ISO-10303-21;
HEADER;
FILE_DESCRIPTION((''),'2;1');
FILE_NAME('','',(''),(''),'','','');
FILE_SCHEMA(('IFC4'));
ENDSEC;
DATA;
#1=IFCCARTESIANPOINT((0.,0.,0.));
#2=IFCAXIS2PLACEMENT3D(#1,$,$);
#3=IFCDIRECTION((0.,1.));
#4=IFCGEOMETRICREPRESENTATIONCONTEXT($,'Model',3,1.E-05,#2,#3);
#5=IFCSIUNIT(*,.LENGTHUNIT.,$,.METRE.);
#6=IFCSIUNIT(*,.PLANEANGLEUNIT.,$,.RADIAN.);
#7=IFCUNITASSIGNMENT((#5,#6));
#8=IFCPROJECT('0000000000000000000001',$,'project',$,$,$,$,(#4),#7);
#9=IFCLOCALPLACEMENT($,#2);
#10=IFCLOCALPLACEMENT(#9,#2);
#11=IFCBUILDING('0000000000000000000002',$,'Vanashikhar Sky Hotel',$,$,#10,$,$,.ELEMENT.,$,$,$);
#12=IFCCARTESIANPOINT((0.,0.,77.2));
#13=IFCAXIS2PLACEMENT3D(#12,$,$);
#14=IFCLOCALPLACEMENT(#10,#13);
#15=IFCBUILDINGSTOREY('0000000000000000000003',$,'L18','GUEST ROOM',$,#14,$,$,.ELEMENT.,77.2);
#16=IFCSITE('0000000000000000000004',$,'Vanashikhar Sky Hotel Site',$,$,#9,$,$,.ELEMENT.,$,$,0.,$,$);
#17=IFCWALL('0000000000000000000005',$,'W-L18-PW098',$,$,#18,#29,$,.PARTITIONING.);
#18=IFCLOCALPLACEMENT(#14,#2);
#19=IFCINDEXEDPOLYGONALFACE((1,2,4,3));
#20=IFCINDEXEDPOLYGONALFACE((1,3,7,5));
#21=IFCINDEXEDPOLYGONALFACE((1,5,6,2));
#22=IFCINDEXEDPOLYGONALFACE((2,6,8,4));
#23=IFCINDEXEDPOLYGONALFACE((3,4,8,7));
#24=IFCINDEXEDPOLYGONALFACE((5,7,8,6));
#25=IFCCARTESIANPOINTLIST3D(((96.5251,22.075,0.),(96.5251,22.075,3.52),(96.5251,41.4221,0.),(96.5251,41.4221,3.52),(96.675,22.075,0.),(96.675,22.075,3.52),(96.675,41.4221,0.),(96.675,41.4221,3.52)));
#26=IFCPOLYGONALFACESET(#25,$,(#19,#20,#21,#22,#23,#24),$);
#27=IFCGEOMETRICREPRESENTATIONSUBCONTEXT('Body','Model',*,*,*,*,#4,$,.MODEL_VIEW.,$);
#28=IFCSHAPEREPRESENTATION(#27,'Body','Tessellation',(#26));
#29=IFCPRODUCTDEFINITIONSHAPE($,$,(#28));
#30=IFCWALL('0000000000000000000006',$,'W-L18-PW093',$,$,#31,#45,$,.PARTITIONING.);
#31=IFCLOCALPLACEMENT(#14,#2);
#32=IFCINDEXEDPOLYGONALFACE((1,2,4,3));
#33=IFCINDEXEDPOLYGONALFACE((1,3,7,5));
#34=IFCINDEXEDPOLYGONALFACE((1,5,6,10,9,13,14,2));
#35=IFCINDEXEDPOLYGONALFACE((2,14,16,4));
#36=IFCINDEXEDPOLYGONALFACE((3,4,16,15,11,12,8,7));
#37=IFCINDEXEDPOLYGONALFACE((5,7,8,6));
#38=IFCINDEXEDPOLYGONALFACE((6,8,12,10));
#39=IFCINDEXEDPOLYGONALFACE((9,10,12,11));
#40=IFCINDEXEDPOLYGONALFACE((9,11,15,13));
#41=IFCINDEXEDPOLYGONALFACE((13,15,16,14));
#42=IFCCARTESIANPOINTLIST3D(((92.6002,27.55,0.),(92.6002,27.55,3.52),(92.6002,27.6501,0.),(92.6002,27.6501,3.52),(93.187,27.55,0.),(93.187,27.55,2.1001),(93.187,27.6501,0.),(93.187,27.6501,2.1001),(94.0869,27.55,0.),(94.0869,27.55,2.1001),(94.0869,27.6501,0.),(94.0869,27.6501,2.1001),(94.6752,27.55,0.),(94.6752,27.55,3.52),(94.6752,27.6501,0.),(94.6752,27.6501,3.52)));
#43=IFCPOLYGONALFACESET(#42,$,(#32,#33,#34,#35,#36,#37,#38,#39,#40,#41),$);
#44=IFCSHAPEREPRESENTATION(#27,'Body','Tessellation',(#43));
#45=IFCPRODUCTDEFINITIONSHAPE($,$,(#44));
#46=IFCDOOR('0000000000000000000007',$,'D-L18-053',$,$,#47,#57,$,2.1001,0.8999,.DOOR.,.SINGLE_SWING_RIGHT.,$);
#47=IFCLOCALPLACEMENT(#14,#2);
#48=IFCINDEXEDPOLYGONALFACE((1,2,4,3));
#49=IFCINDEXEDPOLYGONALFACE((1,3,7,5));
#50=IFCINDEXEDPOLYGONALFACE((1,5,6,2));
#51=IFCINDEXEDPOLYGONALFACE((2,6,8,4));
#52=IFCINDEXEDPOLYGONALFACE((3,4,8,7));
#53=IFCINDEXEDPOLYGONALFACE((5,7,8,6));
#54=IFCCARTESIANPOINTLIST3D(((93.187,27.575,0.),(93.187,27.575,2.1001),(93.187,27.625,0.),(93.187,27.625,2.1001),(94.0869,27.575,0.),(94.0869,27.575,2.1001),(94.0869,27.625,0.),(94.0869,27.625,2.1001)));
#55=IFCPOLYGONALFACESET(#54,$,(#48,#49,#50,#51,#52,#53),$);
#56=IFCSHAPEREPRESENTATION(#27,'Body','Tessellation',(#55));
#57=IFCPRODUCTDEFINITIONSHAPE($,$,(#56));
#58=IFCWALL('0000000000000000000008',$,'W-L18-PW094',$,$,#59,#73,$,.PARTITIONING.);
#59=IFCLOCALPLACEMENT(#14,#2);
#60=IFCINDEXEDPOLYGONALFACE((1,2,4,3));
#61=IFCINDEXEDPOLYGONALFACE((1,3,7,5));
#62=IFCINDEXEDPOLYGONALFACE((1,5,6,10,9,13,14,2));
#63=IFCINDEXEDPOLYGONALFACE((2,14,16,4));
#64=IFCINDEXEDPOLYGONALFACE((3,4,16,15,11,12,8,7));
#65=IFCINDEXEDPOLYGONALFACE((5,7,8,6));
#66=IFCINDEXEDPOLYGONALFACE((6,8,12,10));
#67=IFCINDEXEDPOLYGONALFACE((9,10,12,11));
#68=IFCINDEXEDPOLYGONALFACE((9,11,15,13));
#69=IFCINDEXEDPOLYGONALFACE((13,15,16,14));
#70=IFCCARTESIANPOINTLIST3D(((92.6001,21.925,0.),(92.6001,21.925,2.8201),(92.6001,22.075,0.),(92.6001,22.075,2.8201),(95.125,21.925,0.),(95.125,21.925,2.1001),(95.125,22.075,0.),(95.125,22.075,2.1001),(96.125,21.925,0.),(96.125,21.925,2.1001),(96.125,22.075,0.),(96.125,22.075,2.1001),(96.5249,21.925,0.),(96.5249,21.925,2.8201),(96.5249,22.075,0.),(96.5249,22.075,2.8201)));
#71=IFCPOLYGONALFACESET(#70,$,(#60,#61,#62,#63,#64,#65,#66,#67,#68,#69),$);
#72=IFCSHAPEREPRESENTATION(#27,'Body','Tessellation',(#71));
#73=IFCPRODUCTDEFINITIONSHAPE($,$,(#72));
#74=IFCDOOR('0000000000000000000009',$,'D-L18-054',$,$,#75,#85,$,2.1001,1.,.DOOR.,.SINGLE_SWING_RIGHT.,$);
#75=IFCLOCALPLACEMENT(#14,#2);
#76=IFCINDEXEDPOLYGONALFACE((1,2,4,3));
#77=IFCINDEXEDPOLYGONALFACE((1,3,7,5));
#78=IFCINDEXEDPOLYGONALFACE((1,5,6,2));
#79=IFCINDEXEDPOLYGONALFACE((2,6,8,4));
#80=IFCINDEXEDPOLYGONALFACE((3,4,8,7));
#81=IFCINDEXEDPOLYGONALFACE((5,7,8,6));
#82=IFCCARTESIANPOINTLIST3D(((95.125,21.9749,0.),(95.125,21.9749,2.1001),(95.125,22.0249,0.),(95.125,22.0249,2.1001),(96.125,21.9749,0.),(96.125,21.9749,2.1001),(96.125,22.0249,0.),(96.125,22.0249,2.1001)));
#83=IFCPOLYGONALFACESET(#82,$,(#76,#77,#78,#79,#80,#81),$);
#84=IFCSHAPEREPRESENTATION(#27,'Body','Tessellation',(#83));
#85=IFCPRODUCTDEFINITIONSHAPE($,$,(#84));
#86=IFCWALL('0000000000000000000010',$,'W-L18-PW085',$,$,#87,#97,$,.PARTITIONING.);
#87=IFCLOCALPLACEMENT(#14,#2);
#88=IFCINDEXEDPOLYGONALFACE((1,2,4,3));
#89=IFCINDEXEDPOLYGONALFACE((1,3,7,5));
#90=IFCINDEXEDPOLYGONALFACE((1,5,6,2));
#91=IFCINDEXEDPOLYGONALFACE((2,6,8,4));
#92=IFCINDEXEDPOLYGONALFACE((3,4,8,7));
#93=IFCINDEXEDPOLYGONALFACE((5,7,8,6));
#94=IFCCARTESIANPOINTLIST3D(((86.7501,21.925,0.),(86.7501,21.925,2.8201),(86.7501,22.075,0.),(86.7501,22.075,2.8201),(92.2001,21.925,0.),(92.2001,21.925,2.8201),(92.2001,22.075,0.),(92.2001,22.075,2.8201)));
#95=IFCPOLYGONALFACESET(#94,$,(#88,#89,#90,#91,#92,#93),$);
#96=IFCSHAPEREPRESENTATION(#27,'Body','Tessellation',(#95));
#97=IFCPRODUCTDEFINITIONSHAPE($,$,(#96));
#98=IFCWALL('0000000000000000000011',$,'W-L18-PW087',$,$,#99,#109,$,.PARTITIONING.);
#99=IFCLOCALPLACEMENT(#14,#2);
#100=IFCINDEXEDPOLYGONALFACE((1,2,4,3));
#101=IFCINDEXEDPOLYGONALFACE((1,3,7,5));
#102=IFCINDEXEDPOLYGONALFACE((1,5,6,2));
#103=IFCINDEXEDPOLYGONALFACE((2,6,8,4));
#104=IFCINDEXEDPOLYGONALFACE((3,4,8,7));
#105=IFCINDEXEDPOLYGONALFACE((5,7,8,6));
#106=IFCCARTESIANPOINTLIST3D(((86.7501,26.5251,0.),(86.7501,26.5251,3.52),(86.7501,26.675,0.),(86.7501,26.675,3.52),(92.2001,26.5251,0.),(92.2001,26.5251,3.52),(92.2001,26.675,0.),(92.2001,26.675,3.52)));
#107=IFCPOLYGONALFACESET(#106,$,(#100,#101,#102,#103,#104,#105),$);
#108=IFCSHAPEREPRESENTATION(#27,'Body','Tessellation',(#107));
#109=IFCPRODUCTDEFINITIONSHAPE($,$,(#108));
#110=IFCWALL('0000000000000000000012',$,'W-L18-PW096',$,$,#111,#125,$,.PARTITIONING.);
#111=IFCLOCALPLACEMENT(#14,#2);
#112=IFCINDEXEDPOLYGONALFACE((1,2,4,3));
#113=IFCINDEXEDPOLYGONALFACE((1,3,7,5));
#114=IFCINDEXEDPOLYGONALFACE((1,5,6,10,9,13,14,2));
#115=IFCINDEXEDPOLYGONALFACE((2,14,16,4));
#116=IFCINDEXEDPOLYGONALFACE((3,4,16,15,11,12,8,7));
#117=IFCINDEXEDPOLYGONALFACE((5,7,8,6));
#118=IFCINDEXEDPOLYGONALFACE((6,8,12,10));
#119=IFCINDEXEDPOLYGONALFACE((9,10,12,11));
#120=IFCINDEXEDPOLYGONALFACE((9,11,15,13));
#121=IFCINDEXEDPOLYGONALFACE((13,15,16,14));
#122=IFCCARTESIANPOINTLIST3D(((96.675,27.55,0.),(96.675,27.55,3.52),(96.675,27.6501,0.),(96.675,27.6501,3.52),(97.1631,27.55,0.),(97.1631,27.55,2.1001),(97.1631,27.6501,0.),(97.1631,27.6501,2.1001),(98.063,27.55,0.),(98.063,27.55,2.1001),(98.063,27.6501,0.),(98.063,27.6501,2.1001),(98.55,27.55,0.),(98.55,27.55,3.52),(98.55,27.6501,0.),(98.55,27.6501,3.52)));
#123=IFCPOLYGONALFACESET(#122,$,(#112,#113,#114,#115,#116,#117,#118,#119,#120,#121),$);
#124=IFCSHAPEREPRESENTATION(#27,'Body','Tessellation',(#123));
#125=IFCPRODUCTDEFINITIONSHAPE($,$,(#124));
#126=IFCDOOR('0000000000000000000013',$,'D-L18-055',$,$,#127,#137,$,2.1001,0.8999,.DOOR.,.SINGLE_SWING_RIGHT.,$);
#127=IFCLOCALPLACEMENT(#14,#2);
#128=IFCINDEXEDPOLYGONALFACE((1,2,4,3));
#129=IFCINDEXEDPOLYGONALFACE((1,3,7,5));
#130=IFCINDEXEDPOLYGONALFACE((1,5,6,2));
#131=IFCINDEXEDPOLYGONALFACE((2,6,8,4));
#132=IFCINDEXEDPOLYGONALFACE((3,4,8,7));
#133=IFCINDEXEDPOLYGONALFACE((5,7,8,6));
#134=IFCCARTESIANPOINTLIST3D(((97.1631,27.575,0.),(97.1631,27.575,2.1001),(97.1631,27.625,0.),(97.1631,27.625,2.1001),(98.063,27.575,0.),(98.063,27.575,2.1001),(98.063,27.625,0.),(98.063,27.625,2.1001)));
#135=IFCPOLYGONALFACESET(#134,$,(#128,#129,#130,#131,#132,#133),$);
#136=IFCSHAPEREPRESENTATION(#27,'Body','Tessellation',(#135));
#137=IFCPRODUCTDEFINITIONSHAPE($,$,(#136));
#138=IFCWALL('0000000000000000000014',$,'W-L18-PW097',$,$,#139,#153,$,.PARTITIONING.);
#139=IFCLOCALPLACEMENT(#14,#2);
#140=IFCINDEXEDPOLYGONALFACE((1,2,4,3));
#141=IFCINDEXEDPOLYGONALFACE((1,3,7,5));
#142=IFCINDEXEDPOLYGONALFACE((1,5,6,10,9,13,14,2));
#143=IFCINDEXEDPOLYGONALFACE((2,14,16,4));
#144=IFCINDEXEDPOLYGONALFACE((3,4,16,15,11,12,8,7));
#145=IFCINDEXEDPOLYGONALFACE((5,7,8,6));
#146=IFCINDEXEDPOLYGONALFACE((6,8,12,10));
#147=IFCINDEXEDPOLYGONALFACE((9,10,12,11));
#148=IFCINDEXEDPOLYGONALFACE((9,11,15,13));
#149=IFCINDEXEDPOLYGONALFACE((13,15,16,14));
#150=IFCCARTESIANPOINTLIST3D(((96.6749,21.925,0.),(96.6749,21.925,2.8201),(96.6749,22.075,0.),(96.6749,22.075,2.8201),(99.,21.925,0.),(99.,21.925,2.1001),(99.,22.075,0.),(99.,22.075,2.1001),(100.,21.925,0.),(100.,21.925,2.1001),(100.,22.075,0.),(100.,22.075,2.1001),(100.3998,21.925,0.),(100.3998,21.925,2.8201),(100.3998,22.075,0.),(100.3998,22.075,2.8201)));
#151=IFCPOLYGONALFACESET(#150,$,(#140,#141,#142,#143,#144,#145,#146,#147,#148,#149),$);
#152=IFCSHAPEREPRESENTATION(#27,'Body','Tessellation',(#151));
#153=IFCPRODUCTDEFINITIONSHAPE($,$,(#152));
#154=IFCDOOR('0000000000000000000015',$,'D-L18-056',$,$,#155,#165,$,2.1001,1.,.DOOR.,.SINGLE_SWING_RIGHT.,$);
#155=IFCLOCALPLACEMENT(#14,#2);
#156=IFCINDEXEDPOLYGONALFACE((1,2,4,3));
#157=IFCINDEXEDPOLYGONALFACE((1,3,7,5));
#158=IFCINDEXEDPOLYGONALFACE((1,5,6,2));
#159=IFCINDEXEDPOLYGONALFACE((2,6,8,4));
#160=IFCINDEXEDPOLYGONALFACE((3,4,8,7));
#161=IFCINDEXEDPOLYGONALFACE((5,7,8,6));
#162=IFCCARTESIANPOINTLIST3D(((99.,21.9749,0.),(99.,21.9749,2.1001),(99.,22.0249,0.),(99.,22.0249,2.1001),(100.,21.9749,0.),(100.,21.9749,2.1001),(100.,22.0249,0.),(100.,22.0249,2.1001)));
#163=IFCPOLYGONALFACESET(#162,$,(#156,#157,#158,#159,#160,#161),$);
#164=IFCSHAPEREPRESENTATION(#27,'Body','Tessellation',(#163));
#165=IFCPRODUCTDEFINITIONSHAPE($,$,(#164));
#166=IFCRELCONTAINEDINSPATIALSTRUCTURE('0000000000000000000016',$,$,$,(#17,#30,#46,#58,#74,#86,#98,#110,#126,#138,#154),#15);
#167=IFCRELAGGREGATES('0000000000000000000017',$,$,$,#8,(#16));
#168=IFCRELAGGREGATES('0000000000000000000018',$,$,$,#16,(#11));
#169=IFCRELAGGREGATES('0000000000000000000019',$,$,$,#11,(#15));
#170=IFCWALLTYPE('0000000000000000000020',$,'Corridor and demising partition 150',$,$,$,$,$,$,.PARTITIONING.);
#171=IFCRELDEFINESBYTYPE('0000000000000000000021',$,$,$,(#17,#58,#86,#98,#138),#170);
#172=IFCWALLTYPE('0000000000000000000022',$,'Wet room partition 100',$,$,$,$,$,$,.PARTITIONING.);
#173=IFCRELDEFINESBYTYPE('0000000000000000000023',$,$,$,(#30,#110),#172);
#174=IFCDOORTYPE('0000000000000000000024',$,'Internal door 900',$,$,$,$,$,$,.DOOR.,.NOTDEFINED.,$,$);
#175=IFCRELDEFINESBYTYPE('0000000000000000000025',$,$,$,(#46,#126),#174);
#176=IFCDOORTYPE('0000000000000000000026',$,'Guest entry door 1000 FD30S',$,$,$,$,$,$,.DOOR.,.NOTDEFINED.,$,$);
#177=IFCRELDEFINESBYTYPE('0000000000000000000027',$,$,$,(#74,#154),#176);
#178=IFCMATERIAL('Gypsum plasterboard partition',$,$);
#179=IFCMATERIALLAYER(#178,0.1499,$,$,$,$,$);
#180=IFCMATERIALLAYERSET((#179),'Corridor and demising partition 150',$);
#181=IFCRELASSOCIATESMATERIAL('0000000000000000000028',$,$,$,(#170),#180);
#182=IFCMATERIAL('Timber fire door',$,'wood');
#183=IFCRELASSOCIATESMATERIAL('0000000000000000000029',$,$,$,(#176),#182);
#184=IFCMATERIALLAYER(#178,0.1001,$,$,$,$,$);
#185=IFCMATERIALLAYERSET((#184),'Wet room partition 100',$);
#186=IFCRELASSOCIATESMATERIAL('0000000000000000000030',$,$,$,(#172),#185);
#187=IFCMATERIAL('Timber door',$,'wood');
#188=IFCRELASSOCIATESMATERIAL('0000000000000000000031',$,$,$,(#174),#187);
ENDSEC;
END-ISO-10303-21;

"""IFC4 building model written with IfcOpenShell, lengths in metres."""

from ifc_helpers import new_model, si_unit, direction, frame, frame_2d, origin, place, context, subcontext, project, spatial, rectangle, extrude, source, transform, mapped, material, layer, layer_set, type_object, element, fill, save


model = new_model("IFC4")

# Units and contexts
model_context = context("Model", 3, precision=1e-05, world=origin(), true_north=direction((0.0, 1.0)))
body_context = subcontext(model_context, "Body", "Model", "MODEL_VIEW")
ifc_project = project(units=[si_unit("LENGTHUNIT", "METRE"), si_unit("PLANEANGLEUNIT", "RADIAN")], contexts=[model_context])

# Site, building, storey
site_placement = place(None, origin())
site = spatial("IfcSite", under=ifc_project, at=site_placement, Name="Vanashikhar Sky Hotel Site", CompositionType="ELEMENT", RefElevation=0.0)
building_placement = place(site_placement, origin())
building = spatial("IfcBuilding", under=site, at=building_placement, Name="Vanashikhar Sky Hotel", CompositionType="ELEMENT")
storey_placement = place(building_placement, frame((0.0, 0.0, 77.2)))
storey = spatial("IfcBuildingStorey", under=building, at=storey_placement, Name="L18", Description="GUEST ROOM", CompositionType="ELEMENT", Elevation=77.2)

# Shared definitions
ifc_material_1 = material(Name="Gypsum plasterboard partition")
ifc_layer_1 = layer(ifc_material_1, 0.1499)
ifc_layer_set_1 = layer_set([ifc_layer_1], Name="Corridor and demising partition 150")
wall_type_1 = type_object("IfcWallType", Name="Corridor and demising partition 150", PredefinedType="PARTITIONING", material=ifc_layer_set_1)
shared_shape_1 = source(origin(), body_context, "Body", "SweptSolid", [
    extrude(rectangle(XDim=1.0, YDim=2.1001, at=frame_2d((0.5, 1.05))), frame((0.0, 0.085, 0.0), z_axis=(0.0, -1.0, 0.0), x_axis=(1.0, 0.0, 0.0)), (0.0, 0.0, 1.0), 0.1699),
])
ifc_material_2 = material(Name="Timber fire door", Category="wood")
door_type_1 = type_object("IfcDoorType", Name="Guest entry door 1000 FD30S", OperationType="NOTDEFINED", PredefinedType="DOOR", material=ifc_material_2)
shared_shape_2 = source(origin(), body_context, "Body", "SweptSolid", [
    extrude(rectangle(XDim=1.0, YDim=2.1001, at=frame_2d((0.5, 1.05))), frame((0.0, 0.0249, 0.0), z_axis=(0.0, -1.0, 0.0), x_axis=(1.0, 0.0, 0.0)), (0.0, 0.0, 1.0), 0.05),
])

# Wall
shared_shape_3 = source(origin(), body_context, "Body", "SweptSolid", [
    extrude(rectangle(XDim=19.3472, YDim=0.1499, at=frame_2d((9.6736, 0.0))), origin(), (0.0, 0.0, 1.0), 3.52),
])
wall_1_placement = place(storey_placement, frame((96.6001, 22.075, 0.0), z_axis=(0.0, 0.0, 1.0), x_axis=(0.0, 1.0, 0.0)))
element("IfcWall", 1, at=wall_1_placement, inside=storey, type_object=wall_type_1, Name="W-L18-PW098", PredefinedType="PARTITIONING", context=body_context, shape_type="MappedRepresentation", body=[
    mapped(shared_shape_3, transform((0.0, 0.0, 0.0), scale=1.0)),
])

# Walls, openings, doors
ifc_layer_2 = layer(ifc_material_1, 0.1001)
ifc_layer_set_2 = layer_set([ifc_layer_2], Name="Wet room partition 100")
wall_type_2 = type_object("IfcWallType", Name="Wet room partition 100", PredefinedType="PARTITIONING", material=ifc_layer_set_2)
shared_shape_4 = source(origin(), body_context, "Body", "SweptSolid", [
    extrude(rectangle(XDim=2.075, YDim=0.1001, at=frame_2d((1.0376, 0.0))), origin(), (0.0, 0.0, 1.0), 3.52),
])
wall_2_placement = place(storey_placement, frame((92.6001, 27.6001, 0.0), z_axis=(0.0, 0.0, 1.0), x_axis=(1.0, 0.0, 0.0)))
wall_2 = element("IfcWall", 2, at=wall_2_placement, inside=storey, type_object=wall_type_2, Name="W-L18-PW093", PredefinedType="PARTITIONING", context=body_context, shape_type="MappedRepresentation", body=[
    mapped(shared_shape_4, transform((0.0, 0.0, 0.0), scale=1.0)),
])
shared_shape_5 = source(origin(), body_context, "Body", "SweptSolid", [
    extrude(rectangle(XDim=0.8999, YDim=2.1001, at=frame_2d((0.45, 1.05))), frame((0.0, 0.0601, 0.0), z_axis=(0.0, -1.0, 0.0), x_axis=(1.0, 0.0, 0.0)), (0.0, 0.0, 1.0), 0.1201),
])
opening_1_placement = place(wall_2_placement, frame((0.5869, 0.0, 0.0)))
opening_1 = element("IfcOpeningElement", 3, at=opening_1_placement, cuts=wall_2, PredefinedType="OPENING", context=body_context, shape_type="MappedRepresentation", body=[
    mapped(shared_shape_5, transform((0.0, 0.0, 0.0), scale=1.0)),
])
ifc_material_3 = material(Name="Timber door", Category="wood")
door_type_2 = type_object("IfcDoorType", Name="Internal door 900", OperationType="NOTDEFINED", PredefinedType="DOOR", material=ifc_material_3)
shared_shape_6 = source(origin(), body_context, "Body", "SweptSolid", [
    extrude(rectangle(XDim=0.8999, YDim=2.1001, at=frame_2d((0.45, 1.05))), frame((0.0, 0.0249, 0.0), z_axis=(0.0, -1.0, 0.0), x_axis=(1.0, 0.0, 0.0)), (0.0, 0.0, 1.0), 0.05),
])
door_1_placement = place(opening_1_placement, origin())
door_1 = element("IfcDoor", 4, at=door_1_placement, inside=storey, type_object=door_type_2, Name="D-L18-053", OperationType="SINGLE_SWING_RIGHT", OverallHeight=2.1001, OverallWidth=0.8999, PredefinedType="DOOR", context=body_context, shape_type="MappedRepresentation", body=[
    mapped(shared_shape_6, transform((0.0, 0.0, 0.0), scale=1.0)),
])
fill(opening_1, door_1)
shared_shape_7 = source(origin(), body_context, "Body", "SweptSolid", [
    extrude(rectangle(XDim=3.9248, YDim=0.1499, at=frame_2d((1.9624, 0.0))), origin(), (0.0, 0.0, 1.0), 2.8201),
])
wall_3_placement = place(storey_placement, frame((92.6001, 22.0, 0.0), z_axis=(0.0, 0.0, 1.0), x_axis=(1.0, 0.0, 0.0)))
wall_3 = element("IfcWall", 5, at=wall_3_placement, inside=storey, type_object=wall_type_1, Name="W-L18-PW094", PredefinedType="PARTITIONING", context=body_context, shape_type="MappedRepresentation", body=[
    mapped(shared_shape_7, transform((0.0, 0.0, 0.0), scale=1.0)),
])
opening_2_placement = place(wall_3_placement, frame((2.5249, 0.0, 0.0)))
opening_2 = element("IfcOpeningElement", 6, at=opening_2_placement, cuts=wall_3, PredefinedType="OPENING", context=body_context, shape_type="MappedRepresentation", body=[
    mapped(shared_shape_1, transform((0.0, 0.0, 0.0), scale=1.0)),
])
door_2_placement = place(opening_2_placement, origin())
door_2 = element("IfcDoor", 7, at=door_2_placement, inside=storey, type_object=door_type_1, Name="D-L18-054", OperationType="SINGLE_SWING_RIGHT", OverallHeight=2.1001, OverallWidth=1.0, PredefinedType="DOOR", context=body_context, shape_type="MappedRepresentation", body=[
    mapped(shared_shape_2, transform((0.0, 0.0, 0.0), scale=1.0)),
])
fill(opening_2, door_2)

# Walls
shared_shape_8 = source(origin(), body_context, "Body", "SweptSolid", [
    extrude(rectangle(XDim=5.45, YDim=0.1499, at=frame_2d((2.7251, 0.0))), origin(), (0.0, 0.0, 1.0), 2.8201),
])
wall_4_placement = place(storey_placement, frame((86.75, 22.0, 0.0), z_axis=(0.0, 0.0, 1.0), x_axis=(1.0, 0.0, 0.0)))
element("IfcWall", 8, at=wall_4_placement, inside=storey, type_object=wall_type_1, Name="W-L18-PW085", PredefinedType="PARTITIONING", context=body_context, shape_type="MappedRepresentation", body=[
    mapped(shared_shape_8, transform((0.0, 0.0, 0.0), scale=1.0)),
])
shared_shape_9 = source(origin(), body_context, "Body", "SweptSolid", [
    extrude(rectangle(XDim=5.45, YDim=0.1499, at=frame_2d((2.7251, 0.0))), origin(), (0.0, 0.0, 1.0), 3.52),
])
wall_5_placement = place(storey_placement, frame((86.75, 26.6001, 0.0), z_axis=(0.0, 0.0, 1.0), x_axis=(1.0, 0.0, 0.0)))
element("IfcWall", 9, at=wall_5_placement, inside=storey, type_object=wall_type_1, Name="W-L18-PW087", PredefinedType="PARTITIONING", context=body_context, shape_type="MappedRepresentation", body=[
    mapped(shared_shape_9, transform((0.0, 0.0, 0.0), scale=1.0)),
])

# Walls, openings, doors
shared_shape_10 = source(origin(), body_context, "Body", "SweptSolid", [
    extrude(rectangle(XDim=1.875, YDim=0.1001, at=frame_2d((0.9375, 0.0))), origin(), (0.0, 0.0, 1.0), 3.52),
])
wall_6_placement = place(storey_placement, frame((96.675, 27.6001, 0.0), z_axis=(0.0, 0.0, 1.0), x_axis=(1.0, 0.0, 0.0)))
wall_6 = element("IfcWall", 10, at=wall_6_placement, inside=storey, type_object=wall_type_2, Name="W-L18-PW096", PredefinedType="PARTITIONING", context=body_context, shape_type="MappedRepresentation", body=[
    mapped(shared_shape_10, transform((0.0, 0.0, 0.0), scale=1.0)),
])
opening_3_placement = place(wall_6_placement, frame((0.488, 0.0, 0.0)))
opening_3 = element("IfcOpeningElement", 11, at=opening_3_placement, cuts=wall_6, PredefinedType="OPENING", context=body_context, shape_type="MappedRepresentation", body=[
    mapped(shared_shape_5, transform((0.0, 0.0, 0.0), scale=1.0)),
])
door_3_placement = place(opening_3_placement, origin())
door_3 = element("IfcDoor", 12, at=door_3_placement, inside=storey, type_object=door_type_2, Name="D-L18-055", OperationType="SINGLE_SWING_RIGHT", OverallHeight=2.1001, OverallWidth=0.8999, PredefinedType="DOOR", context=body_context, shape_type="MappedRepresentation", body=[
    mapped(shared_shape_6, transform((0.0, 0.0, 0.0), scale=1.0)),
])
fill(opening_3, door_3)
shared_shape_11 = source(origin(), body_context, "Body", "SweptSolid", [
    extrude(rectangle(XDim=3.7249, YDim=0.1499, at=frame_2d((1.8623, 0.0))), origin(), (0.0, 0.0, 1.0), 2.8201),
])
wall_7_placement = place(storey_placement, frame((96.675, 22.0, 0.0), z_axis=(0.0, 0.0, 1.0), x_axis=(1.0, 0.0, 0.0)))
wall_7 = element("IfcWall", 13, at=wall_7_placement, inside=storey, type_object=wall_type_1, Name="W-L18-PW097", PredefinedType="PARTITIONING", context=body_context, shape_type="MappedRepresentation", body=[
    mapped(shared_shape_11, transform((0.0, 0.0, 0.0), scale=1.0)),
])
opening_4_placement = place(wall_7_placement, frame((2.325, 0.0, 0.0)))
opening_4 = element("IfcOpeningElement", 14, at=opening_4_placement, cuts=wall_7, PredefinedType="OPENING", context=body_context, shape_type="MappedRepresentation", body=[
    mapped(shared_shape_1, transform((0.0, 0.0, 0.0), scale=1.0)),
])
door_4_placement = place(opening_4_placement, origin())
door_4 = element("IfcDoor", 15, at=door_4_placement, inside=storey, type_object=door_type_1, Name="D-L18-056", OperationType="SINGLE_SWING_RIGHT", OverallHeight=2.1001, OverallWidth=1.0, PredefinedType="DOOR", context=body_context, shape_type="MappedRepresentation", body=[
    mapped(shared_shape_2, transform((0.0, 0.0, 0.0), scale=1.0)),
])
fill(opening_4, door_4)

save(model, "model.ifc")
